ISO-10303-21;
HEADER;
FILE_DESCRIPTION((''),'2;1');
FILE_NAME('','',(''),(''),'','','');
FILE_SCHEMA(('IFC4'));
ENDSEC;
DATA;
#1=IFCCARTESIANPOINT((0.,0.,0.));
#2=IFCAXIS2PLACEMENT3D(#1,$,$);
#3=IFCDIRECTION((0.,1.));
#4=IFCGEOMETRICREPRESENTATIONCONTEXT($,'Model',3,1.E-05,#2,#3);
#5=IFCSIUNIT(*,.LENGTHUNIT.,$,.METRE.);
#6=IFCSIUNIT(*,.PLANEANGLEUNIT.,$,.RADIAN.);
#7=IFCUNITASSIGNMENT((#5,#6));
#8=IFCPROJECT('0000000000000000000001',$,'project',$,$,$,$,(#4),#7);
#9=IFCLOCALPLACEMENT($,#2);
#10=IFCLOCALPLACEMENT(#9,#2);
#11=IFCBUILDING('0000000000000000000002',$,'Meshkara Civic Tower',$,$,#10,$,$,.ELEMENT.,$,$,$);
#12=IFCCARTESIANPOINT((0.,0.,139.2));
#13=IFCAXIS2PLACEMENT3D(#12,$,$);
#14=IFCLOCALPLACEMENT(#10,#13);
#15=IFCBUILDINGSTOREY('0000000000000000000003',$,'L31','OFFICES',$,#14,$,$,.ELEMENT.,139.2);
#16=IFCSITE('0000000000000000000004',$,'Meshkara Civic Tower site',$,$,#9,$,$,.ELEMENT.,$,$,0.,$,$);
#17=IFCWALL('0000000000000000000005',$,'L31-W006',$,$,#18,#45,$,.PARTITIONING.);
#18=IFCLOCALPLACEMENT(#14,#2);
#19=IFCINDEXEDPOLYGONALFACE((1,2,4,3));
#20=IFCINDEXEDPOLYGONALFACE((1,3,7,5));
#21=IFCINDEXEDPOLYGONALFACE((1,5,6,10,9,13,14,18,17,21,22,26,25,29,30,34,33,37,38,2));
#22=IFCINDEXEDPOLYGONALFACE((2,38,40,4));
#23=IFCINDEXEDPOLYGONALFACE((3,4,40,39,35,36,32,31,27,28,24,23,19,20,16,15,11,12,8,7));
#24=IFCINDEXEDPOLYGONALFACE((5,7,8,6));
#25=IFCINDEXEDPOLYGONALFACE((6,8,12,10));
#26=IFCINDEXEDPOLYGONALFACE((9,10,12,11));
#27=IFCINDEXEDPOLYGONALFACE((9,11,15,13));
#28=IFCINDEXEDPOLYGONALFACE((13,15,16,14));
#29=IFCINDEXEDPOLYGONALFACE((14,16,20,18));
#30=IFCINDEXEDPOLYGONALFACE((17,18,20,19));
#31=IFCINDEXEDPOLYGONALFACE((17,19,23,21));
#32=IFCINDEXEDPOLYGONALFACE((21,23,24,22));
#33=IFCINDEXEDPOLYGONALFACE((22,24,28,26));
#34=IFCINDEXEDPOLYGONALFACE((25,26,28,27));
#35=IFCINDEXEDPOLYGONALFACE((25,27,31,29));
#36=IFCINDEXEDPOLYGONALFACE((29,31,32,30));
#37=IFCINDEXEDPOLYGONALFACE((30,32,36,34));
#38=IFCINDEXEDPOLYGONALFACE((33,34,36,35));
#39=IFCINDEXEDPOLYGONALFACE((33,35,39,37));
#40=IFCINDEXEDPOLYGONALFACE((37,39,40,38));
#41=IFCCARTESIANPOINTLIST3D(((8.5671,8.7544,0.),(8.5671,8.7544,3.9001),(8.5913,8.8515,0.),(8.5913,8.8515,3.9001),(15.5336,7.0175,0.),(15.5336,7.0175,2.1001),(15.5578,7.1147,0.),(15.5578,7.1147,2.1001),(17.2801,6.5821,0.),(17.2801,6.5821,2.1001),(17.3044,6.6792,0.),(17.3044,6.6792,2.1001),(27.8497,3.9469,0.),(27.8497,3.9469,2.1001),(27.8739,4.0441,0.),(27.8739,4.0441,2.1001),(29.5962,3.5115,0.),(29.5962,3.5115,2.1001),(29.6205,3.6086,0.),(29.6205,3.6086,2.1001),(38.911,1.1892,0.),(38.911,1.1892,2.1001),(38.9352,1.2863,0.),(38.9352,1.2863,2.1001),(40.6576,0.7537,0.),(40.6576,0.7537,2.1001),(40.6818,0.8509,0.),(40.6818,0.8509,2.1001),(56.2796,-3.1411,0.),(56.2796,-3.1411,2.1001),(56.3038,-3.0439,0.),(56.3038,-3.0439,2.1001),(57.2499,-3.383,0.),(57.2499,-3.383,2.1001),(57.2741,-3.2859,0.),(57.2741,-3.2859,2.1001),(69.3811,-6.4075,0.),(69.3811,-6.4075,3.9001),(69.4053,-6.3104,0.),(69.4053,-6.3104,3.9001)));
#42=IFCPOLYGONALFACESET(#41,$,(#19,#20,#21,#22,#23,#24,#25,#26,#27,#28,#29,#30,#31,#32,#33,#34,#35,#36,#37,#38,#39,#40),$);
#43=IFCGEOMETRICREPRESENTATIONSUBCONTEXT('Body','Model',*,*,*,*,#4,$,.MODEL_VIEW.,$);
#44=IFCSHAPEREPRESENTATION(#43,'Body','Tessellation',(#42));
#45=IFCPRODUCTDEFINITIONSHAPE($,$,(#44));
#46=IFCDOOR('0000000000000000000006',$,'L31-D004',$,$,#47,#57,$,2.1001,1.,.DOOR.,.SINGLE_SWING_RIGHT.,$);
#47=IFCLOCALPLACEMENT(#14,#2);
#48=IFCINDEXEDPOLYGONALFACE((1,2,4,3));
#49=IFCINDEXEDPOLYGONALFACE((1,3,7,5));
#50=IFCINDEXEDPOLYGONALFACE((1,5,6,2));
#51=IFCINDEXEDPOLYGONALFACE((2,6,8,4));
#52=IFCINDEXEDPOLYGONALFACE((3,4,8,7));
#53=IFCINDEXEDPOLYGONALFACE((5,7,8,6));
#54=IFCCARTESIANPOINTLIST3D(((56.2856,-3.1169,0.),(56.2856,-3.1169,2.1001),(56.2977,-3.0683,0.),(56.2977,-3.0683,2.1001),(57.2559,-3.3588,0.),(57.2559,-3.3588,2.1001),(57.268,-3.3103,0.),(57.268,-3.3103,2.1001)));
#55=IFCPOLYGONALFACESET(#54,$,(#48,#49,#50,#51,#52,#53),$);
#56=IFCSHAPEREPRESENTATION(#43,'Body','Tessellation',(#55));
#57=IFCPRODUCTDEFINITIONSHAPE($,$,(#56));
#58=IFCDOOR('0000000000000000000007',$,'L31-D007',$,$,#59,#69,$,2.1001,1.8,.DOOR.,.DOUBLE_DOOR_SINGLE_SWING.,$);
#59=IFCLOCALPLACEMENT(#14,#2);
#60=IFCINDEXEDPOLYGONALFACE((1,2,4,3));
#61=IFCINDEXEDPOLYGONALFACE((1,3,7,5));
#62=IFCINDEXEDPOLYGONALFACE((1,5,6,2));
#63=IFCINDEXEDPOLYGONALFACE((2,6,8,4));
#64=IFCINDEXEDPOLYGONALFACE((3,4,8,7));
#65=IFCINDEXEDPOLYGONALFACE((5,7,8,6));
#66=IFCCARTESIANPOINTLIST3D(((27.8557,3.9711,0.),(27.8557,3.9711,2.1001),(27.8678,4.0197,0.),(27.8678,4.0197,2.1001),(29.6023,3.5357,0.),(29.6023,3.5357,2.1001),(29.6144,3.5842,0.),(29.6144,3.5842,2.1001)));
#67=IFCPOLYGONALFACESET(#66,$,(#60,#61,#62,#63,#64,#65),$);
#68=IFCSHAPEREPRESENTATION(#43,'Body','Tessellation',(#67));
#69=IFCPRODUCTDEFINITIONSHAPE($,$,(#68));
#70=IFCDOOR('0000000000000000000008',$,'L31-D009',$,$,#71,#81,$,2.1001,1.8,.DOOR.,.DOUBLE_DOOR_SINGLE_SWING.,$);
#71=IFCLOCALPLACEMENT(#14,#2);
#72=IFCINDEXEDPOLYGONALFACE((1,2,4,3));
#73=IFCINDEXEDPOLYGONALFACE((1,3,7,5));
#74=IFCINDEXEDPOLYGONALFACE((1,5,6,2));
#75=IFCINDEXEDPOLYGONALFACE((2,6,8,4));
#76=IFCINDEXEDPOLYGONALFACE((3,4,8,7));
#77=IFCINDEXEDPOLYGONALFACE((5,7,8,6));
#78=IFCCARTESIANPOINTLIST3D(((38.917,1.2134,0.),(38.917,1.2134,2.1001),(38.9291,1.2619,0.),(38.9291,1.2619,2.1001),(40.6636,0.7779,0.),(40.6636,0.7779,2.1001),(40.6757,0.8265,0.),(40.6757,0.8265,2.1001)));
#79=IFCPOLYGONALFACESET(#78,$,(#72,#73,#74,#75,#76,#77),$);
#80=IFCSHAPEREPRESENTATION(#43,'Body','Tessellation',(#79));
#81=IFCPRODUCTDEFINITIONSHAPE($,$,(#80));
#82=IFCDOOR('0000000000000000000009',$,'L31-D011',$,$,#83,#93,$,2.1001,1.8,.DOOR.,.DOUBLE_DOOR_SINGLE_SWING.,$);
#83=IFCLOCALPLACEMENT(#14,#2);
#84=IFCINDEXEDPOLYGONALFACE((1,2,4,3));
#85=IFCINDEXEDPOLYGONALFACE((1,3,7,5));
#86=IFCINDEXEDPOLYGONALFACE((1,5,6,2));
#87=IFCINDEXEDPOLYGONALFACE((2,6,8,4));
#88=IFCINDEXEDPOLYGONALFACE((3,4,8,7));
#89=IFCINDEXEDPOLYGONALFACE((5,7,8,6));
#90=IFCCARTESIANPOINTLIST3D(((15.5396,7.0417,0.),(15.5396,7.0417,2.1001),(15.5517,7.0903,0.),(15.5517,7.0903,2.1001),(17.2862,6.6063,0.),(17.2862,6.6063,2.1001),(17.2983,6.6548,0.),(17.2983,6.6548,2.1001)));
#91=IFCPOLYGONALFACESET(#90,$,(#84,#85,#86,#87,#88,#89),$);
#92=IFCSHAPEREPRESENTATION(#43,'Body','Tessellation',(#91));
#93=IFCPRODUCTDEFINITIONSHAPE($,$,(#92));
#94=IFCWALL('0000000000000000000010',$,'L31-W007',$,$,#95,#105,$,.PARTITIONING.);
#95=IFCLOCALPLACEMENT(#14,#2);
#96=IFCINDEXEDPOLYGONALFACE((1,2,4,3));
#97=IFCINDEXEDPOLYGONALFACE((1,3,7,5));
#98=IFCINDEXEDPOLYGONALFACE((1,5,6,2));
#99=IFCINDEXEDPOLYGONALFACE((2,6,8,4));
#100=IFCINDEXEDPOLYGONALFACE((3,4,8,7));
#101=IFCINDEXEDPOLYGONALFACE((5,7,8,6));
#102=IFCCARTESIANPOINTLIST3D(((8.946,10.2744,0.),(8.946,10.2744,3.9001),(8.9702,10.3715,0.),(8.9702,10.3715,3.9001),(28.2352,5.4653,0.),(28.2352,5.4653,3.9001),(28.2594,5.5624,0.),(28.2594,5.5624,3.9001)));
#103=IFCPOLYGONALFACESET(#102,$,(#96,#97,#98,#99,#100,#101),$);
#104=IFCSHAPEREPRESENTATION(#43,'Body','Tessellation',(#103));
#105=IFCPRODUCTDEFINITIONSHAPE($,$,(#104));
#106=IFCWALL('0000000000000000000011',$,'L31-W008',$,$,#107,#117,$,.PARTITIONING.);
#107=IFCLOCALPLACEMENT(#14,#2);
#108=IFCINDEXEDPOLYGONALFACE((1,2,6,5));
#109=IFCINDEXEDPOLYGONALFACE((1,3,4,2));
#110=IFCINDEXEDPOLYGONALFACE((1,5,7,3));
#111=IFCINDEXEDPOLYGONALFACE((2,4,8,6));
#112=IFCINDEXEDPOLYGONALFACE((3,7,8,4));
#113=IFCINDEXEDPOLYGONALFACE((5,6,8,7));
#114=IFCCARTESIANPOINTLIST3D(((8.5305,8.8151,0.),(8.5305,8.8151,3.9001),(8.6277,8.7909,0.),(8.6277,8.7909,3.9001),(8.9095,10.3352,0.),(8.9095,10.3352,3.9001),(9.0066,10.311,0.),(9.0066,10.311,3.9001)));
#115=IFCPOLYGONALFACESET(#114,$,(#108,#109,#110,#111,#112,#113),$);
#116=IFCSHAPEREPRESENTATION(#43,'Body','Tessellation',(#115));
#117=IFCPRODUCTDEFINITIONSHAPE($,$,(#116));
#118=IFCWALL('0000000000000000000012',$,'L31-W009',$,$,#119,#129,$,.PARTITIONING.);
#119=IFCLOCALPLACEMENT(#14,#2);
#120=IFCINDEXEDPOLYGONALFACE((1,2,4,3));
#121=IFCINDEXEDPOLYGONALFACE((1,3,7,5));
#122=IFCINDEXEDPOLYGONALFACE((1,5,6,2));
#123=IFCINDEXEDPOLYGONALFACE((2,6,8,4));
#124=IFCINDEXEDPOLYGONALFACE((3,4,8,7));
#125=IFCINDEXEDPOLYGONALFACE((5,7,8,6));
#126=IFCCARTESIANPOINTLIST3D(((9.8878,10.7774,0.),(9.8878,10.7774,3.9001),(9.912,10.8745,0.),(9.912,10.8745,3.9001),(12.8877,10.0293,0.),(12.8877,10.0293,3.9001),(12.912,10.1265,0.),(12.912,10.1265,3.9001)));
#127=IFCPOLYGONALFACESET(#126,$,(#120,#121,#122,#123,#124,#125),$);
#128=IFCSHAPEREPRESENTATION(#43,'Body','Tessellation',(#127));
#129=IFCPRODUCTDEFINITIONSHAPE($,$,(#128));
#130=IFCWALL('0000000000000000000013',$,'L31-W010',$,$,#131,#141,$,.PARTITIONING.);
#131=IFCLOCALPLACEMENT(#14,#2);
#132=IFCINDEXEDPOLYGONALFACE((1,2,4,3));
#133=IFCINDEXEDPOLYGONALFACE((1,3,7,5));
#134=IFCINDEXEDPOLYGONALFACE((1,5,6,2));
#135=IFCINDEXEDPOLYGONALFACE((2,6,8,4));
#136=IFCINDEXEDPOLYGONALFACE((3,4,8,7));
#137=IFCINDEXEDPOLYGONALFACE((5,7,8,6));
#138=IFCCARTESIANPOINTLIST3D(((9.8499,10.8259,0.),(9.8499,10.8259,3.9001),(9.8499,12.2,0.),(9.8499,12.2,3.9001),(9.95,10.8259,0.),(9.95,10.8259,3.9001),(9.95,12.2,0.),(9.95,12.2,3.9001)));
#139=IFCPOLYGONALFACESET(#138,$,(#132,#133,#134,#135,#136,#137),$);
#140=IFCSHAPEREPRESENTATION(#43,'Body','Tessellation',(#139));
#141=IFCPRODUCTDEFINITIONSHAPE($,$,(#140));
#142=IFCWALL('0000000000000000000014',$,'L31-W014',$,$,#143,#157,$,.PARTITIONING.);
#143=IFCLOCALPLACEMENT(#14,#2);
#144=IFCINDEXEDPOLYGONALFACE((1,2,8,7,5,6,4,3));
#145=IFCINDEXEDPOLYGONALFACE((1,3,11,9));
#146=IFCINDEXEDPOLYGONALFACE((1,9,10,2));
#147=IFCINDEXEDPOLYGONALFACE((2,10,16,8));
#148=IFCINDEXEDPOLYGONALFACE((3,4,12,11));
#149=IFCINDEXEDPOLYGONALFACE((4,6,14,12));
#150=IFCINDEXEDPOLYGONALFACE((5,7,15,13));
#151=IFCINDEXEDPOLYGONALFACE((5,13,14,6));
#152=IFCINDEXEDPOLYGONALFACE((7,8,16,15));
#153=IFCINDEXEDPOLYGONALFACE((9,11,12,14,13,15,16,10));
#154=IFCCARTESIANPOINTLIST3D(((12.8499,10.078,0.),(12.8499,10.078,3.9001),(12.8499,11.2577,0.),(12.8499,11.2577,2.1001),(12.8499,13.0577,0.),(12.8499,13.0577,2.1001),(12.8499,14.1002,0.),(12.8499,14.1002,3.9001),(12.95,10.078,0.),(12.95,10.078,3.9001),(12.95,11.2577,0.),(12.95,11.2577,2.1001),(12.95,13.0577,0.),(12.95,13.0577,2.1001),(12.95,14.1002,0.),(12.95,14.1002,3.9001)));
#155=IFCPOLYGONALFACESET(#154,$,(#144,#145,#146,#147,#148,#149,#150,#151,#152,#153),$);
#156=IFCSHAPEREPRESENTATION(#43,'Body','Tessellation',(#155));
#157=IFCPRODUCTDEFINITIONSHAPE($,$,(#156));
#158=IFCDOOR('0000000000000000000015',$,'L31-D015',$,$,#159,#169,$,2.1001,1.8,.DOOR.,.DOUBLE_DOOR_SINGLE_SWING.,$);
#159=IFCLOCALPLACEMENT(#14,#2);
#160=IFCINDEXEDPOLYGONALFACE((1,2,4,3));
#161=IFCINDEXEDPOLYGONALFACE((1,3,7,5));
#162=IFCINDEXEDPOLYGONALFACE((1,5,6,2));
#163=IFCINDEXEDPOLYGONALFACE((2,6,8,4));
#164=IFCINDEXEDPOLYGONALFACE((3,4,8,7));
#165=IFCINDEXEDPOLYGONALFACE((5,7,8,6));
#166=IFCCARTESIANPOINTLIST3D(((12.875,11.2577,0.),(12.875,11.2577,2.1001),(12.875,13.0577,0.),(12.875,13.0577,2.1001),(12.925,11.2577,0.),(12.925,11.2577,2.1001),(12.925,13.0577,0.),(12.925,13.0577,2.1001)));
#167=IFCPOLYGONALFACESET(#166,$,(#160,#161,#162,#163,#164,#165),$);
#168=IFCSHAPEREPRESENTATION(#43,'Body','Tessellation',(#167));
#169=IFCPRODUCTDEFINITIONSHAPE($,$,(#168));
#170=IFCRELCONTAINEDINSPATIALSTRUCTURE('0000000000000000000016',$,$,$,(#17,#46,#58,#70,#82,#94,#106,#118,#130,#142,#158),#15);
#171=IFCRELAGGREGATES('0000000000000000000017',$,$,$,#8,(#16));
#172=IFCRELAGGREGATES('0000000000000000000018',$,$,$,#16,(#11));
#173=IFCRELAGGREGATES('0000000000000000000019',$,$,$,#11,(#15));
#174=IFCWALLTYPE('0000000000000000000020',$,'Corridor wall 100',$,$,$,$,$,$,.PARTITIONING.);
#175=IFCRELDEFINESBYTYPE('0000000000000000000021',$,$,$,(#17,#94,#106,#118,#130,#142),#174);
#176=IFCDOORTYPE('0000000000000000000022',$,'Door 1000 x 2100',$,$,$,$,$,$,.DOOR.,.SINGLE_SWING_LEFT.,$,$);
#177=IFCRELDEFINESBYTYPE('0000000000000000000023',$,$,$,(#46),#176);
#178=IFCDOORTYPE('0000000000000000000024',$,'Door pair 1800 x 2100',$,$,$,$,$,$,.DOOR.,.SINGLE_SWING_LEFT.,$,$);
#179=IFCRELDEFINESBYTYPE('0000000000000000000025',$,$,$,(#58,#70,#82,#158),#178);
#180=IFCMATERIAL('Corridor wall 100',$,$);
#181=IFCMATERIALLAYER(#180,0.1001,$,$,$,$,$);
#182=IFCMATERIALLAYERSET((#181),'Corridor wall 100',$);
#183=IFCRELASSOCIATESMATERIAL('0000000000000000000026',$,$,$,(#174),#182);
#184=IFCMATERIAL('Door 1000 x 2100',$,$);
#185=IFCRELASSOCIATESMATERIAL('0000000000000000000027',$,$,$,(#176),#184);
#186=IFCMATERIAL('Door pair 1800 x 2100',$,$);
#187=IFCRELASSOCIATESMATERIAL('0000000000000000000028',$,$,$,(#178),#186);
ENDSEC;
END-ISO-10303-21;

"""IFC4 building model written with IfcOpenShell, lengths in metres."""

from ifc_helpers import new_model, si_unit, direction, frame, frame_2d, origin, place, context, subcontext, project, spatial, rectangle, extrude, material, layer, layer_set, type_object, element, fill, save


model = new_model("IFC4")

# Units and contexts
model_context = context("Model", 3, precision=1e-05, world=origin(), true_north=direction((0.0, 1.0)))
body_context = subcontext(model_context, "Body", "Model", "MODEL_VIEW")
ifc_project = project(units=[si_unit("LENGTHUNIT", "METRE"), si_unit("PLANEANGLEUNIT", "RADIAN")], contexts=[model_context])

# Site, building, storey
site_placement = place(None, origin())
site = spatial("IfcSite", under=ifc_project, at=site_placement, Name="Meshkara Civic Tower site", CompositionType="ELEMENT", RefElevation=0.0)
building_placement = place(site_placement, origin())
building = spatial("IfcBuilding", under=site, at=building_placement, Name="Meshkara Civic Tower", CompositionType="ELEMENT")
storey_placement = place(building_placement, frame((0.0, 0.0, 139.2)))
storey = spatial("IfcBuildingStorey", under=building, at=storey_placement, Name="L31", Description="OFFICES", CompositionType="ELEMENT", Elevation=139.2)

# Wall, openings, doors
ifc_material_1 = material(Name="Corridor wall 100")
ifc_layer_1 = layer(ifc_material_1, 0.1001)
ifc_layer_set_1 = layer_set([ifc_layer_1], Name="Corridor wall 100")
wall_type_1 = type_object("IfcWallType", Name="Corridor wall 100", PredefinedType="PARTITIONING", material=ifc_layer_set_1)
wall_1_placement = place(storey_placement, frame((8.5791, 8.803, 0.0), z_axis=(0.0, 0.0, 1.0), x_axis=(0.970299, -0.24191, 0.0)))
wall_1 = element("IfcWall", 1, at=wall_1_placement, inside=storey, type_object=wall_type_1, Name="L31-W006", PredefinedType="PARTITIONING", context=body_context, shape_type="SweptSolid", body=[
    extrude(rectangle(XDim=62.6755, YDim=0.1001, at=frame_2d((31.3379, 0.0))), origin(), (0.0, 0.0, 1.0), 3.9001),
])
opening_1_placement = place(wall_1_placement, frame((49.1731, 0.0, 0.0)))
opening_1 = element("IfcOpeningElement", 2, at=opening_1_placement, cuts=wall_1, PredefinedType="OPENING", context=body_context, shape_type="SweptSolid", body=[
    extrude(rectangle(XDim=1.0, YDim=2.1001, at=frame_2d((0.5, 1.05))), frame((0.0, 0.0601, 0.0), z_axis=(0.0, -1.0, 0.0), x_axis=(1.0, 0.0, 0.0)), (0.0, 0.0, 1.0), 0.1201),
])
opening_2_placement = place(wall_1_placement, frame((19.873, 0.0, 0.0)))
opening_2 = element("IfcOpeningElement", 3, at=opening_2_placement, cuts=wall_1, PredefinedType="OPENING", context=body_context, shape_type="SweptSolid", body=[
    extrude(rectangle(XDim=1.8, YDim=2.1001, at=frame_2d((0.8999, 1.05))), frame((0.0, 0.0601, 0.0), z_axis=(0.0, -1.0, 0.0), x_axis=(1.0, 0.0, 0.0)), (0.0, 0.0, 1.0), 0.1201),
])
opening_3_placement = place(wall_1_placement, frame((31.2729, 0.0, 0.0)))
opening_3 = element("IfcOpeningElement", 4, at=opening_3_placement, cuts=wall_1, PredefinedType="OPENING", context=body_context, shape_type="SweptSolid", body=[
    extrude(rectangle(XDim=1.8, YDim=2.1001, at=frame_2d((0.8999, 1.05))), frame((0.0, 0.0601, 0.0), z_axis=(0.0, -1.0, 0.0), x_axis=(1.0, 0.0, 0.0)), (0.0, 0.0, 1.0), 0.1201),
])
opening_4_placement = place(wall_1_placement, frame((7.1799, 0.0, 0.0)))
opening_4 = element("IfcOpeningElement", 5, at=opening_4_placement, cuts=wall_1, PredefinedType="OPENING", context=body_context, shape_type="SweptSolid", body=[
    extrude(rectangle(XDim=1.8, YDim=2.1001, at=frame_2d((0.8999, 1.05))), frame((0.0, 0.0601, 0.0), z_axis=(0.0, -1.0, 0.0), x_axis=(1.0, 0.0, 0.0)), (0.0, 0.0, 1.0), 0.1201),
])
ifc_material_2 = material(Name="Door 1000 x 2100")
door_type_1 = type_object("IfcDoorType", Name="Door 1000 x 2100", OperationType="SINGLE_SWING_LEFT", PredefinedType="DOOR", material=ifc_material_2)
door_1_placement = place(opening_1_placement, origin())
door_1 = element("IfcDoor", 6, at=door_1_placement, inside=storey, type_object=door_type_1, Name="L31-D004", OperationType="SINGLE_SWING_RIGHT", OverallHeight=2.1001, OverallWidth=1.0, PredefinedType="DOOR", context=body_context, shape_type="SweptSolid", body=[
    extrude(rectangle(XDim=1.0, YDim=2.1001, at=frame_2d((0.5, 1.05))), frame((0.0, 0.0249, 0.0), z_axis=(0.0, -1.0, 0.0), x_axis=(1.0, 0.0, 0.0)), (0.0, 0.0, 1.0), 0.05),
])
fill(opening_1, door_1)
ifc_material_3 = material(Name="Door pair 1800 x 2100")
door_type_2 = type_object("IfcDoorType", Name="Door pair 1800 x 2100", OperationType="SINGLE_SWING_LEFT", PredefinedType="DOOR", material=ifc_material_3)
door_2_placement = place(opening_2_placement, origin())
door_2 = element("IfcDoor", 7, at=door_2_placement, inside=storey, type_object=door_type_2, Name="L31-D007", OperationType="DOUBLE_DOOR_SINGLE_SWING", OverallHeight=2.1001, OverallWidth=1.8, PredefinedType="DOOR", context=body_context, shape_type="SweptSolid", body=[
    extrude(rectangle(XDim=1.8, YDim=2.1001, at=frame_2d((0.8999, 1.05))), frame((0.0, 0.0249, 0.0), z_axis=(0.0, -1.0, 0.0), x_axis=(1.0, 0.0, 0.0)), (0.0, 0.0, 1.0), 0.05),
])
fill(opening_2, door_2)
door_3_placement = place(opening_3_placement, origin())
door_3 = element("IfcDoor", 8, at=door_3_placement, inside=storey, type_object=door_type_2, Name="L31-D009", OperationType="DOUBLE_DOOR_SINGLE_SWING", OverallHeight=2.1001, OverallWidth=1.8, PredefinedType="DOOR", context=body_context, shape_type="SweptSolid", body=[
    extrude(rectangle(XDim=1.8, YDim=2.1001, at=frame_2d((0.8999, 1.05))), frame((0.0, 0.0249, 0.0), z_axis=(0.0, -1.0, 0.0), x_axis=(1.0, 0.0, 0.0)), (0.0, 0.0, 1.0), 0.05),
])
fill(opening_3, door_3)
door_4_placement = place(opening_4_placement, origin())
door_4 = element("IfcDoor", 9, at=door_4_placement, inside=storey, type_object=door_type_2, Name="L31-D011", OperationType="DOUBLE_DOOR_SINGLE_SWING", OverallHeight=2.1001, OverallWidth=1.8, PredefinedType="DOOR", context=body_context, shape_type="SweptSolid", body=[
    extrude(rectangle(XDim=1.8, YDim=2.1001, at=frame_2d((0.8999, 1.05))), frame((0.0, 0.0249, 0.0), z_axis=(0.0, -1.0, 0.0), x_axis=(1.0, 0.0, 0.0)), (0.0, 0.0, 1.0), 0.05),
])
fill(opening_4, door_4)

# Walls
wall_2_placement = place(storey_placement, frame((8.958, 10.323, 0.0), z_axis=(0.0, 0.0, 1.0), x_axis=(0.970298, -0.241911, 0.0)))
element("IfcWall", 10, at=wall_2_placement, inside=storey, type_object=wall_type_1, Name="L31-W007", PredefinedType="PARTITIONING", context=body_context, shape_type="SweptSolid", body=[
    extrude(rectangle(XDim=19.8796, YDim=0.1001, at=frame_2d((9.9399, 0.0))), origin(), (0.0, 0.0, 1.0), 3.9001),
])
wall_3_placement = place(storey_placement, frame((8.958, 10.323, 0.0), z_axis=(0.0, 0.0, 1.0), x_axis=(-0.241876, -0.970307, 0.0)))
element("IfcWall", 11, at=wall_3_placement, inside=storey, type_object=wall_type_1, Name="L31-W008", PredefinedType="PARTITIONING", context=body_context, shape_type="SweptSolid", body=[
    extrude(rectangle(XDim=1.5667, YDim=0.1001, at=frame_2d((0.7832, 0.0))), origin(), (0.0, 0.0, 1.0), 3.9001),
])
wall_4_placement = place(storey_placement, frame((9.8999, 10.8259, 0.0), z_axis=(0.0, 0.0, 1.0), x_axis=(0.970291, -0.241941, 0.0)))
element("IfcWall", 12, at=wall_4_placement, inside=storey, type_object=wall_type_1, Name="L31-W009", PredefinedType="PARTITIONING", context=body_context, shape_type="SweptSolid", body=[
    extrude(rectangle(XDim=3.0918, YDim=0.1001, at=frame_2d((1.5459, 0.0))), origin(), (0.0, 0.0, 1.0), 3.9001),
])
wall_5_placement = place(storey_placement, frame((9.8999, 12.2, 0.0), z_axis=(0.0, 0.0, 1.0), x_axis=(0.0, -1.0, 0.0)))
element("IfcWall", 13, at=wall_5_placement, inside=storey, type_object=wall_type_1, Name="L31-W010", PredefinedType="PARTITIONING", context=body_context, shape_type="SweptSolid", body=[
    extrude(rectangle(XDim=1.374, YDim=0.1001, at=frame_2d((0.687, 0.0))), origin(), (0.0, 0.0, 1.0), 3.9001),
])

# Wall, opening, door
wall_6_placement = place(storey_placement, frame((12.8999, 10.0779, 0.0), z_axis=(0.0, 0.0, 1.0), x_axis=(0.0, 1.0, 0.0)))
wall_6 = element("IfcWall", 14, at=wall_6_placement, inside=storey, type_object=wall_type_1, Name="L31-W014", PredefinedType="PARTITIONING", context=body_context, shape_type="SweptSolid", body=[
    extrude(rectangle(XDim=4.0222, YDim=0.1001, at=frame_2d((2.0112, 0.0))), origin(), (0.0, 0.0, 1.0), 3.9001),
])
opening_5_placement = place(wall_6_placement, frame((1.1799, 0.0, 0.0)))
opening_5 = element("IfcOpeningElement", 15, at=opening_5_placement, cuts=wall_6, PredefinedType="OPENING", context=body_context, shape_type="SweptSolid", body=[
    extrude(rectangle(XDim=1.8, YDim=2.1001, at=frame_2d((0.8999, 1.05))), frame((0.0, 0.0601, 0.0), z_axis=(0.0, -1.0, 0.0), x_axis=(1.0, 0.0, 0.0)), (0.0, 0.0, 1.0), 0.1201),
])
door_5_placement = place(opening_5_placement, origin())
door_5 = element("IfcDoor", 16, at=door_5_placement, inside=storey, type_object=door_type_2, Name="L31-D015", OperationType="DOUBLE_DOOR_SINGLE_SWING", OverallHeight=2.1001, OverallWidth=1.8, PredefinedType="DOOR", context=body_context, shape_type="SweptSolid", body=[
    extrude(rectangle(XDim=1.8, YDim=2.1001, at=frame_2d((0.8999, 1.05))), frame((0.0, 0.0249, 0.0), z_axis=(0.0, -1.0, 0.0), x_axis=(1.0, 0.0, 0.0)), (0.0, 0.0, 1.0), 0.05),
])
fill(opening_5, door_5)

save(model, "model.ifc")
